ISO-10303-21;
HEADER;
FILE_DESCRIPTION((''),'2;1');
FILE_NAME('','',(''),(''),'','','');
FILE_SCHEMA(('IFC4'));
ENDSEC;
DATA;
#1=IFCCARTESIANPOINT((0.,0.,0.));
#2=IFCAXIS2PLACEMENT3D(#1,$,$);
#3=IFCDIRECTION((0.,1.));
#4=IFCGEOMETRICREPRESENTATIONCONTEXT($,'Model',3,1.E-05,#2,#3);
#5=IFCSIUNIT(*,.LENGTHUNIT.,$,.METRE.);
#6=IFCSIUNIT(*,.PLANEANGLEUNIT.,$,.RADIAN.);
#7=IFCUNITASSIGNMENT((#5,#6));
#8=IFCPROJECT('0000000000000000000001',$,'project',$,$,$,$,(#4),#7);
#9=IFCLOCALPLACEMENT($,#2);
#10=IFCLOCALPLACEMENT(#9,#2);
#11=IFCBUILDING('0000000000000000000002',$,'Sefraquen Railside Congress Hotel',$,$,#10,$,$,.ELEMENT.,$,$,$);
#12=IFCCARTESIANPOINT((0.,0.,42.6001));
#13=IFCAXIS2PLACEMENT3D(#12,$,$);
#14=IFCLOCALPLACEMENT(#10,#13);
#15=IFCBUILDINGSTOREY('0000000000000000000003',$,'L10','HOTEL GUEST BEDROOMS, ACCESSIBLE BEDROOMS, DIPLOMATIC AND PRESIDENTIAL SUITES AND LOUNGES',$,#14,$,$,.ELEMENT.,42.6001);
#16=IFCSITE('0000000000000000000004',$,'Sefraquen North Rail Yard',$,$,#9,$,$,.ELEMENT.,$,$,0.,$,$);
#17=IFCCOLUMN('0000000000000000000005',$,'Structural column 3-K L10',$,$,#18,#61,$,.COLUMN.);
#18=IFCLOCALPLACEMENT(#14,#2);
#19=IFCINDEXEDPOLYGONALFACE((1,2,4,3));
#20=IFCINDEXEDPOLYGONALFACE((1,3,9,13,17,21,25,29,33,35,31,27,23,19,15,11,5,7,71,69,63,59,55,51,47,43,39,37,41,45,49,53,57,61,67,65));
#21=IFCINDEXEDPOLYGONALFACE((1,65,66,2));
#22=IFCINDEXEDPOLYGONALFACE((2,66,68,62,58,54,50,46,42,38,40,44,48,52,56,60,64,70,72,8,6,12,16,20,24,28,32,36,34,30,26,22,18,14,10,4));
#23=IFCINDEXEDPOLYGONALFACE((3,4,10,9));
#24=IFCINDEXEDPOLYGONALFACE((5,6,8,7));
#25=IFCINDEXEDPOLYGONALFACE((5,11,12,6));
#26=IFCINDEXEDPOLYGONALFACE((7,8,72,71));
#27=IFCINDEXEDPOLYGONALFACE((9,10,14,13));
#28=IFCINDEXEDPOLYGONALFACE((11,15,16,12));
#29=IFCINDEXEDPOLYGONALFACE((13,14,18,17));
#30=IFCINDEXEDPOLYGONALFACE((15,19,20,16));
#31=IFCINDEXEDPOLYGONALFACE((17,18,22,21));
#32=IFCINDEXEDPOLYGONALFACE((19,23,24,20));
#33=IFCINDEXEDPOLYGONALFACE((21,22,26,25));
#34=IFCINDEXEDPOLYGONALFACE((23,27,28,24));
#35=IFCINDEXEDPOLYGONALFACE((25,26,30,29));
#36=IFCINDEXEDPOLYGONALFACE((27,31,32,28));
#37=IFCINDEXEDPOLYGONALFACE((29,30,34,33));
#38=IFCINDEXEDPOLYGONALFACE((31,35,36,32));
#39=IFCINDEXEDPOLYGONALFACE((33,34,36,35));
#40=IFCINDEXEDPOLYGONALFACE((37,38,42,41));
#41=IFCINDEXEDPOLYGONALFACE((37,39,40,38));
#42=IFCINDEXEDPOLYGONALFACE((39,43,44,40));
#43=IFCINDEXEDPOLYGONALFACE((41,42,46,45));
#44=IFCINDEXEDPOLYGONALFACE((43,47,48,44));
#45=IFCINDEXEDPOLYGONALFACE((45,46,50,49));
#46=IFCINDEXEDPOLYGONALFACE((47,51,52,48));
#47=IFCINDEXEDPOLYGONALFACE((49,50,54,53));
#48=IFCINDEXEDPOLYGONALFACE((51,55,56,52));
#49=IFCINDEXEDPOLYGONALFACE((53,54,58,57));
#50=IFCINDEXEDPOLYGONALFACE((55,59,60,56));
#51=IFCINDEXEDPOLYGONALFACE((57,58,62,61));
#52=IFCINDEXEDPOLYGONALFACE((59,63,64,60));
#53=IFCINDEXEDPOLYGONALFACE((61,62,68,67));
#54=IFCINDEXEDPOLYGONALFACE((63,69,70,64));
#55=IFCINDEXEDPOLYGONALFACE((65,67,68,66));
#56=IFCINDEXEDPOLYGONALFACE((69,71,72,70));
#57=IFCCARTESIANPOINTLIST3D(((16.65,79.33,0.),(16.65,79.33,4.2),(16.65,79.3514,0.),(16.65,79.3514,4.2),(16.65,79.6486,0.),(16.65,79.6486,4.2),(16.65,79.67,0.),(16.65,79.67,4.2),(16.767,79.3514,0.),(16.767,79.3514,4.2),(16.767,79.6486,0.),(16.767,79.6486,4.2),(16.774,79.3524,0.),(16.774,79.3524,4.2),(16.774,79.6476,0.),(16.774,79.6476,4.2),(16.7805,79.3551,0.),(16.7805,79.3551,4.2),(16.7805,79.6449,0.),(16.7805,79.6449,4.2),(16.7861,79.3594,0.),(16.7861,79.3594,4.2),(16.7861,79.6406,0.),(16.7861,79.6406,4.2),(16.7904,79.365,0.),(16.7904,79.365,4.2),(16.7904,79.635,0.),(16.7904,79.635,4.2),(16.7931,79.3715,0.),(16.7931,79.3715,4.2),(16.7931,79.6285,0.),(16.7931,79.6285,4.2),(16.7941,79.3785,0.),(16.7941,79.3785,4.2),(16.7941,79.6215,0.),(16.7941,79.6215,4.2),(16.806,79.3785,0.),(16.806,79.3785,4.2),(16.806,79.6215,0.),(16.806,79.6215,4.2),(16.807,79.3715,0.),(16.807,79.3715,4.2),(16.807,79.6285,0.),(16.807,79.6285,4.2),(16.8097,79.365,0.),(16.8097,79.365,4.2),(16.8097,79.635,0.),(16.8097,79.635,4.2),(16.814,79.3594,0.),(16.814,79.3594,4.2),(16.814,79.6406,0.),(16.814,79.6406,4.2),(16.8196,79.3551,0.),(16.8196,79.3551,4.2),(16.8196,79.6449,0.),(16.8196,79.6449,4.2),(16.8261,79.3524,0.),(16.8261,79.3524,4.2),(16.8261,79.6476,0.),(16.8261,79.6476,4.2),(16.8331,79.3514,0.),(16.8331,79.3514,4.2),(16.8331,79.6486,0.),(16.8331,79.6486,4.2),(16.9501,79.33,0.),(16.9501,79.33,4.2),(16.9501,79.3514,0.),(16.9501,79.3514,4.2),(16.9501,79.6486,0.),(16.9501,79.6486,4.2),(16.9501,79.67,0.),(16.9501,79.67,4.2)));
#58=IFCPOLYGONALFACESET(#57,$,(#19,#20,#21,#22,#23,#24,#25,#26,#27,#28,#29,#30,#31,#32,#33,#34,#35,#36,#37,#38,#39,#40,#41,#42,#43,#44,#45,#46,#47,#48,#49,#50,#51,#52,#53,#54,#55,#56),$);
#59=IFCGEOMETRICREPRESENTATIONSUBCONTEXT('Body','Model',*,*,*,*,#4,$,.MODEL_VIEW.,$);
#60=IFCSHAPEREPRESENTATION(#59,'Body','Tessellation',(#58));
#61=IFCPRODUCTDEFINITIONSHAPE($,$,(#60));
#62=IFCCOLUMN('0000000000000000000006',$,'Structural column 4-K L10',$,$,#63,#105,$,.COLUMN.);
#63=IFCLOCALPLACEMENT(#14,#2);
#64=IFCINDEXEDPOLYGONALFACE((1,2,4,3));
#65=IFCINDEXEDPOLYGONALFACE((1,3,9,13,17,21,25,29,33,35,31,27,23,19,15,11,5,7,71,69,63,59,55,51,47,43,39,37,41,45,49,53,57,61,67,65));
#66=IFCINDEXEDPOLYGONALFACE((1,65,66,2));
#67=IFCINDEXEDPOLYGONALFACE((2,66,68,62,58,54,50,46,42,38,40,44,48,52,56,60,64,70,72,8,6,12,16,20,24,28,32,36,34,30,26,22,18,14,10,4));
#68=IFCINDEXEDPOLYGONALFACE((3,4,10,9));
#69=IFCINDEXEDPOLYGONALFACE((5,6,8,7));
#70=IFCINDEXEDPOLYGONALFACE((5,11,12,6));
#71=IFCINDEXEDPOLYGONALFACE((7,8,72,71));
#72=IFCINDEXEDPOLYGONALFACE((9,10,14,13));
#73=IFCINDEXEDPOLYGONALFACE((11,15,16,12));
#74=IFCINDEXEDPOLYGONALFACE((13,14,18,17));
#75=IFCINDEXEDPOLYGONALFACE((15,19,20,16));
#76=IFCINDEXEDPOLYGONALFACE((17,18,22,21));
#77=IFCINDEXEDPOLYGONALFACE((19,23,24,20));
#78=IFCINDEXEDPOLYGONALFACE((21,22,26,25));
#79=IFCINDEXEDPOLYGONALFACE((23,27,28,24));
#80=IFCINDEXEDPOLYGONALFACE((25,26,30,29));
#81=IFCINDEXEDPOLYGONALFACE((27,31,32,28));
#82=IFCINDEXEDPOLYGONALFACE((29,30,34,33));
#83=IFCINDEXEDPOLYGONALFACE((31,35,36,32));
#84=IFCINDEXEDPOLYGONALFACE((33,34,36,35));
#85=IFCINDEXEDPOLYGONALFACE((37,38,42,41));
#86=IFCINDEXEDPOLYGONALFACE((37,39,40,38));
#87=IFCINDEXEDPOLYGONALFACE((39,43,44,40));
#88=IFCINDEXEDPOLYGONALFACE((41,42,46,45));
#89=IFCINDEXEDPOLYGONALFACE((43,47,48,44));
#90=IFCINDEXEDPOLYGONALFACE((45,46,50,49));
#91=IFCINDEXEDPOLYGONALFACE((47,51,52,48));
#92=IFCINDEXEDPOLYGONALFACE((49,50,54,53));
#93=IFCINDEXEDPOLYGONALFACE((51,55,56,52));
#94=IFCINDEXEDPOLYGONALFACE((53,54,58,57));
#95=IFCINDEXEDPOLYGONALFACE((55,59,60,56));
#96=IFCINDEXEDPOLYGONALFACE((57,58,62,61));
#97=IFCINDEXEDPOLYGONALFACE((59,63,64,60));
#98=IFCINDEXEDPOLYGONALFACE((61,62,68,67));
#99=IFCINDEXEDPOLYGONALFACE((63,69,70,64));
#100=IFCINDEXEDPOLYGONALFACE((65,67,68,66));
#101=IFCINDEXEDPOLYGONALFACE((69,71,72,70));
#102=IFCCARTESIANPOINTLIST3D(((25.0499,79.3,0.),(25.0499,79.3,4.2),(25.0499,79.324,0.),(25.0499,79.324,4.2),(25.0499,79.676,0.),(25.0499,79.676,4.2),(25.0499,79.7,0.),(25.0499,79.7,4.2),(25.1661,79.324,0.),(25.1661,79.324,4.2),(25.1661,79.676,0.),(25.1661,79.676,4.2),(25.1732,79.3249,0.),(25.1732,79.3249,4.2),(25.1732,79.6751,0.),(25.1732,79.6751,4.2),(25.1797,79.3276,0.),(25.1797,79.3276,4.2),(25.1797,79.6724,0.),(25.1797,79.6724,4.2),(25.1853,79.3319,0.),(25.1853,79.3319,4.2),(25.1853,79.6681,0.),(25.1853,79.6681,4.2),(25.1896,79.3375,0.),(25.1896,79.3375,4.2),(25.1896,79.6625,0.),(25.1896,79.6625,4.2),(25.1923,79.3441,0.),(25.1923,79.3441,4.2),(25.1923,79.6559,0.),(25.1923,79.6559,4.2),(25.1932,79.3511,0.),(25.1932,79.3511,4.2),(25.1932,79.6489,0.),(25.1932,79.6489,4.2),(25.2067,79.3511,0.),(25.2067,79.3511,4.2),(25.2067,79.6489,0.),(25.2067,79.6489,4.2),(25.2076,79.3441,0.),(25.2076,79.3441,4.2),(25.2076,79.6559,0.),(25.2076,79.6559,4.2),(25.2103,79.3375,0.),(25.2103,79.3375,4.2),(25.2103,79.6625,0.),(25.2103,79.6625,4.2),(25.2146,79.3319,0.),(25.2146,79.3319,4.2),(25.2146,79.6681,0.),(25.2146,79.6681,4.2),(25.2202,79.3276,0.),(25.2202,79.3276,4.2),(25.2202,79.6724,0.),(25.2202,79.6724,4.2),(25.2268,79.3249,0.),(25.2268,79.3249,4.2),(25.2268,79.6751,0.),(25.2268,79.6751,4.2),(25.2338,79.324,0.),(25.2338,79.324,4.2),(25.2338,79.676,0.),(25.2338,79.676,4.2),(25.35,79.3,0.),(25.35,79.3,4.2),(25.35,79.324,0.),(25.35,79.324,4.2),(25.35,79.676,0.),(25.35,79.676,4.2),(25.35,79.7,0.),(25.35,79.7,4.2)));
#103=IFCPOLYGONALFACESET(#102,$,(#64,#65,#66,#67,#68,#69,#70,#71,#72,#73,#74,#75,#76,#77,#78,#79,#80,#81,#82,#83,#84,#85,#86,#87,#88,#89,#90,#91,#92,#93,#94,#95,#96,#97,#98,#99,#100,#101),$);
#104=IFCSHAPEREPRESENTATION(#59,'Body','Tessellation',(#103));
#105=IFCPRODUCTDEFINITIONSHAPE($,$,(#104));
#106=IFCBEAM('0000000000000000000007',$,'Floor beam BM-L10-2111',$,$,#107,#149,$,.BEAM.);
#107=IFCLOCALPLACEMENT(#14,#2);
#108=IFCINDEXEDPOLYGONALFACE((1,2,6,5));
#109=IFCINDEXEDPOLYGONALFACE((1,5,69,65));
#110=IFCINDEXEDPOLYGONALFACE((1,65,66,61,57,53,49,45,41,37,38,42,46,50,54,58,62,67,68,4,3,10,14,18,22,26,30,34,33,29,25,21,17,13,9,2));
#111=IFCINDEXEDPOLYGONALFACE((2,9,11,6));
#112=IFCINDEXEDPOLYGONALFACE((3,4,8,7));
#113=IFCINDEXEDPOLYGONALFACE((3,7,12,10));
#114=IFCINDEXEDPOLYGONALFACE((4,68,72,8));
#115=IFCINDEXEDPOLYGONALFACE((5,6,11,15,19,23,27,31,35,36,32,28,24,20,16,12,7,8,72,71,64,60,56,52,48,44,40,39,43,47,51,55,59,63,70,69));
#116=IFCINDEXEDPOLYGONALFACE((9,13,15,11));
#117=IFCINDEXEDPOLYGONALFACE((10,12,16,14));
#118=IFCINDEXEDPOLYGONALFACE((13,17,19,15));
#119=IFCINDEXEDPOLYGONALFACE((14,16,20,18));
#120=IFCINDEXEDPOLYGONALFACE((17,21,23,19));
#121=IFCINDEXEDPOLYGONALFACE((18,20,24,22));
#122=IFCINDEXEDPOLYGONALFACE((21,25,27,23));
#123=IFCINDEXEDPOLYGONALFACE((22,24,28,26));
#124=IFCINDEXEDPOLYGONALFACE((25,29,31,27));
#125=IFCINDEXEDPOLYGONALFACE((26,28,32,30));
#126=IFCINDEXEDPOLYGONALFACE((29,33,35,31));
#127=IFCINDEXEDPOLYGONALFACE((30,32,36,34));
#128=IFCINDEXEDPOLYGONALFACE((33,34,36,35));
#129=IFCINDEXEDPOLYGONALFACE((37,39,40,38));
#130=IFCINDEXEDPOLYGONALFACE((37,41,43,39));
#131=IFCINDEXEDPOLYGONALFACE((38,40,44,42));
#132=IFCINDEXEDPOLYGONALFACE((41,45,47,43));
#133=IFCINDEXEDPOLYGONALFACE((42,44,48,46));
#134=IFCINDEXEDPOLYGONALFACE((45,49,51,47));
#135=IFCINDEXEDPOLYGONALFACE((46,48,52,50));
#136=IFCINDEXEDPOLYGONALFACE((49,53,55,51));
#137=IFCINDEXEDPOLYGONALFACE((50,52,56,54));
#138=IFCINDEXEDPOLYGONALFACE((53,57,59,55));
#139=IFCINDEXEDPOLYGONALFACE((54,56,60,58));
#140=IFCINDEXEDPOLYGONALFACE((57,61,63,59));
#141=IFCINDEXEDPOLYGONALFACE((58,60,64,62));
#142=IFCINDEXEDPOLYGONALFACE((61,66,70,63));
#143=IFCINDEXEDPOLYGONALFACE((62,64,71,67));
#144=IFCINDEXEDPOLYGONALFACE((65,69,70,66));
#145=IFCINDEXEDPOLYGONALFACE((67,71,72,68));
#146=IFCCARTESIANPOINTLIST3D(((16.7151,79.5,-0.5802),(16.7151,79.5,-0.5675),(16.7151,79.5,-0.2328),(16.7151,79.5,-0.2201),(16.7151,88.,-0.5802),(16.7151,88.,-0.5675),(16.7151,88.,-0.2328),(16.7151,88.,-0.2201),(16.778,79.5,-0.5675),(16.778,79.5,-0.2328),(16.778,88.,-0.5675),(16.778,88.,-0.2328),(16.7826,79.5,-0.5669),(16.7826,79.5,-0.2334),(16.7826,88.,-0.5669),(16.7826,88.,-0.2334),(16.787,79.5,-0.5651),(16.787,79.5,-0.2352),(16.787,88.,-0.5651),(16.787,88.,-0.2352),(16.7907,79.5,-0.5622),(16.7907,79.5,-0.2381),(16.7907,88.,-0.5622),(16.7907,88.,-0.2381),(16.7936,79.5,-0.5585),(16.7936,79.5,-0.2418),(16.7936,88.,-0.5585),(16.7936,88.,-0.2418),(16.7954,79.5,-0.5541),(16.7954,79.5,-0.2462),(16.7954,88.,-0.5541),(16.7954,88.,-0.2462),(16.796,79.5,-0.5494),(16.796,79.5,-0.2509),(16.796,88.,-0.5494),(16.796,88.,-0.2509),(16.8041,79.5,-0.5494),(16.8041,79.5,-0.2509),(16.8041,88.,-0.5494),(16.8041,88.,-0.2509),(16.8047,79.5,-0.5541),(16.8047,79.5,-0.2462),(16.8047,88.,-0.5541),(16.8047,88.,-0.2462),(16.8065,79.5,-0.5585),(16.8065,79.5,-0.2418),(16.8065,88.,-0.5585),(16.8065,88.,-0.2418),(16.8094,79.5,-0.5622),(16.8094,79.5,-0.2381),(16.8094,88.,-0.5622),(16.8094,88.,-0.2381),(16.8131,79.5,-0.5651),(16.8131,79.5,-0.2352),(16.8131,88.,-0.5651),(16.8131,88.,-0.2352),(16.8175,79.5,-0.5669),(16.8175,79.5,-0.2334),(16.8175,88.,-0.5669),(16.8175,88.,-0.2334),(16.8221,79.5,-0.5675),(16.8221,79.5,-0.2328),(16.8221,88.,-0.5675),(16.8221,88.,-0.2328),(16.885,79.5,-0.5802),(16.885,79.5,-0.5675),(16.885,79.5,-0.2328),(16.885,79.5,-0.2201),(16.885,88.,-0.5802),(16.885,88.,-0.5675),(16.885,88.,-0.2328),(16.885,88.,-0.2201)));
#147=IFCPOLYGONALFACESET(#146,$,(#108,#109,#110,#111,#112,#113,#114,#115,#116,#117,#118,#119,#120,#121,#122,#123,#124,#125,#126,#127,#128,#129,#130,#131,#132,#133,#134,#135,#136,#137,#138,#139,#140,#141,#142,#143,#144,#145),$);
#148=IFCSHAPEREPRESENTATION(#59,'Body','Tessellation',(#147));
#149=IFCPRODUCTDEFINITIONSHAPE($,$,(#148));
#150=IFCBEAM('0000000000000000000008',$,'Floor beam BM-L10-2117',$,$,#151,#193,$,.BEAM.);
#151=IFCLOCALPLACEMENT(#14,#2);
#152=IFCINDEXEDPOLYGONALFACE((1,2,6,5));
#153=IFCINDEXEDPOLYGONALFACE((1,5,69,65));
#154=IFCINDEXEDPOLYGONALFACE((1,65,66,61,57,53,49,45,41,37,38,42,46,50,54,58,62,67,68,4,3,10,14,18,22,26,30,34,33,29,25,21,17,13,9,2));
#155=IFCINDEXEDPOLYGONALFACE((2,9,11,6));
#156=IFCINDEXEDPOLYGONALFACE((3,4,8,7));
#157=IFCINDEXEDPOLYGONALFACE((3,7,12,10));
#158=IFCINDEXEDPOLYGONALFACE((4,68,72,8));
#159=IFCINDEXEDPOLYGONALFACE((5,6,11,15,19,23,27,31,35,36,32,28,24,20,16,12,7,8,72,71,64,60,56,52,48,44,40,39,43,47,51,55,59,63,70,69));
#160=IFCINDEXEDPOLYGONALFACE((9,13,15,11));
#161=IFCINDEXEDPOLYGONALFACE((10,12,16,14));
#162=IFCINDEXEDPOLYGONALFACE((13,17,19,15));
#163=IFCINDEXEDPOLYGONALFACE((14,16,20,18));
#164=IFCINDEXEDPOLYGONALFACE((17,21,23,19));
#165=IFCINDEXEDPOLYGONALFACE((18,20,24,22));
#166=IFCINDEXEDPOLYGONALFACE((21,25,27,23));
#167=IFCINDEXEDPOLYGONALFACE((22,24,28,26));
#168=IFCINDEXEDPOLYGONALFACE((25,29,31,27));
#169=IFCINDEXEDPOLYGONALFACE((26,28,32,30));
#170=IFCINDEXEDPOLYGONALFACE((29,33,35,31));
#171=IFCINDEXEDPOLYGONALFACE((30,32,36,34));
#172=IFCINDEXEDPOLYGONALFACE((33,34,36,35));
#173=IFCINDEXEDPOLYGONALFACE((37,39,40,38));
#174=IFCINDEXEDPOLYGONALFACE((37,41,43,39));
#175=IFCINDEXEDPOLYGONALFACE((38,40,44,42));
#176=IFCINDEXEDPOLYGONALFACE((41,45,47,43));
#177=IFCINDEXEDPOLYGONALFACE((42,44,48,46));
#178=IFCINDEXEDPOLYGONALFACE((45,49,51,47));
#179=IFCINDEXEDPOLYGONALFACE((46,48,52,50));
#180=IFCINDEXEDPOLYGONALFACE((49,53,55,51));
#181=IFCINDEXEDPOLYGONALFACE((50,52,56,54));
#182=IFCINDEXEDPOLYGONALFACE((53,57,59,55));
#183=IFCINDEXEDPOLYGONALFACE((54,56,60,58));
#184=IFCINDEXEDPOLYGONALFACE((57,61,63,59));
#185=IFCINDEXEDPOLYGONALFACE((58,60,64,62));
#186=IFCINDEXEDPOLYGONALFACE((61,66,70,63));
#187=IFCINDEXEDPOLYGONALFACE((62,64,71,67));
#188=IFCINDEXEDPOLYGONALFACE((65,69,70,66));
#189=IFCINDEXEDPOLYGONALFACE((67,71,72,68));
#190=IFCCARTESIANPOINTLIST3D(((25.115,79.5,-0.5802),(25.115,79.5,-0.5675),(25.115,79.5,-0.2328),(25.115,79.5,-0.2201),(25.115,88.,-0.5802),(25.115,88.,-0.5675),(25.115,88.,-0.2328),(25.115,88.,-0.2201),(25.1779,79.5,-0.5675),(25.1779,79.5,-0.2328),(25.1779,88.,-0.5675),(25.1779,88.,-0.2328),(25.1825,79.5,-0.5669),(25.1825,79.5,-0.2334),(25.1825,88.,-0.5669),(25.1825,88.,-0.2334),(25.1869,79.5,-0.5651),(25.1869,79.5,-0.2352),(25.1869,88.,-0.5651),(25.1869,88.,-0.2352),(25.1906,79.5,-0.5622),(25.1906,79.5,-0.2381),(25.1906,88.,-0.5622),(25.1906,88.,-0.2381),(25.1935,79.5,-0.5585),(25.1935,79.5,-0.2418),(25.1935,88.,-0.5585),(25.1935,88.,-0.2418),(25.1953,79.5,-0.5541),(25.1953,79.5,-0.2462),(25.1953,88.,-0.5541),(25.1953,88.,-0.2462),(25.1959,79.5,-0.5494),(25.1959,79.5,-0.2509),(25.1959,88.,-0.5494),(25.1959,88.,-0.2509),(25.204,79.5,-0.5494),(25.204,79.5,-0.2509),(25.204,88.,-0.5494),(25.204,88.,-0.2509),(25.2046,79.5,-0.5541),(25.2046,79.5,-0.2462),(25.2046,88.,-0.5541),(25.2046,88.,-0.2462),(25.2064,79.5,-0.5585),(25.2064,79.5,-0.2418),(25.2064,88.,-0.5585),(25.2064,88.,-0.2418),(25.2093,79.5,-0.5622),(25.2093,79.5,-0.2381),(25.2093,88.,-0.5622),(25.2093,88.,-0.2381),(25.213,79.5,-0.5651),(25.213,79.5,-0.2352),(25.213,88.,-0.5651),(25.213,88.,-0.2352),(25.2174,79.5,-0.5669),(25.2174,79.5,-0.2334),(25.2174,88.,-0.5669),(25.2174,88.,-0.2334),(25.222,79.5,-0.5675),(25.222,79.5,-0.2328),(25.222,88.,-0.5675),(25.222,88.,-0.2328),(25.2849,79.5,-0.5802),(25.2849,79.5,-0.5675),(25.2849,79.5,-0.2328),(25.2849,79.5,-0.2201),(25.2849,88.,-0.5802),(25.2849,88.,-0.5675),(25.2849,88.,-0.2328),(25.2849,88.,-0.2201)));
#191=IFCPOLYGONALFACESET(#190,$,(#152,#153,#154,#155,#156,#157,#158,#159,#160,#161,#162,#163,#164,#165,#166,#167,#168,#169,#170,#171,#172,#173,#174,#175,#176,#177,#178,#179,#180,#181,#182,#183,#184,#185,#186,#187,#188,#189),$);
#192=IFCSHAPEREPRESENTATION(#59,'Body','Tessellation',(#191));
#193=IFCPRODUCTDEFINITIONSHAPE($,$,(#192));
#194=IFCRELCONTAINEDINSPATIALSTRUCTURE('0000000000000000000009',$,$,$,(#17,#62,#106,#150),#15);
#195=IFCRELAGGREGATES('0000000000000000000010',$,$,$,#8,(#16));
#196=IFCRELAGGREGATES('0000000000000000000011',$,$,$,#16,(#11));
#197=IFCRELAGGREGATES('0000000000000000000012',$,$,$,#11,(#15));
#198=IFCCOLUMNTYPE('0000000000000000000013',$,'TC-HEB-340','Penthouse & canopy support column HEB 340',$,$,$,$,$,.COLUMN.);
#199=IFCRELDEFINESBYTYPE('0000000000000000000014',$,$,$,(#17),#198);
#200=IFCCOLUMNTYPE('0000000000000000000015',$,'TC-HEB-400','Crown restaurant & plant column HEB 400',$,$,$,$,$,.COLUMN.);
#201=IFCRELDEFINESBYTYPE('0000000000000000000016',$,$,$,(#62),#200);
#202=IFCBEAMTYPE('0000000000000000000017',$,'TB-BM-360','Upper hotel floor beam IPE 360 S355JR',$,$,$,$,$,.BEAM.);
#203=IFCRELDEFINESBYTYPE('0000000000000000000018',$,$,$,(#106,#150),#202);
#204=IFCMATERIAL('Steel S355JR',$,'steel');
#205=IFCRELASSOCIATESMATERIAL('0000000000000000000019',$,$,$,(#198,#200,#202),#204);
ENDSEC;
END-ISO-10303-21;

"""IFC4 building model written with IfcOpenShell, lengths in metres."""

from ifc_helpers import new_model, si_unit, direction, frame, origin, origin_2d, place, context, subcontext, project, spatial, i_section, extrude, material, material_profile, profile_set, type_object, element, save


model = new_model("IFC4")

# Units and contexts
model_context = context("Model", 3, precision=1e-05, world=origin(), true_north=direction((0.0, 1.0)))
body_context = subcontext(model_context, "Body", "Model", "MODEL_VIEW")
ifc_project = project(units=[si_unit("LENGTHUNIT", "METRE"), si_unit("PLANEANGLEUNIT", "RADIAN")], contexts=[model_context])

# Site, building, storey
site_placement = place(None, origin())
site = spatial("IfcSite", under=ifc_project, at=site_placement, Name="Sefraquen North Rail Yard", CompositionType="ELEMENT", RefElevation=0.0)
building_placement = place(site_placement, origin())
building = spatial("IfcBuilding", under=site, at=building_placement, Name="Sefraquen Railside Congress Hotel", CompositionType="ELEMENT")
storey_placement = place(building_placement, frame((0.0, 0.0, 42.6001)))
storey = spatial("IfcBuildingStorey", under=building, at=storey_placement, Name="L10", Description="HOTEL GUEST BEDROOMS, ACCESSIBLE BEDROOMS, DIPLOMATIC AND PRESIDENTIAL SUITES AND LOUNGES", CompositionType="ELEMENT", Elevation=42.6001)

# Columns
ifc_material_1 = material(Name="Steel S355JR", Category="steel")
ifc_material_profile_1 = material_profile(ifc_material_1, i_section(OverallWidth=0.3, OverallDepth=0.3401, WebThickness=0.012, FlangeThickness=0.0215, FilletRadius=0.0271, at=origin_2d()), Name="HEB 340")
ifc_profile_set_1 = profile_set([ifc_material_profile_1], Name="Steel S355JR")
column_type_1 = type_object("IfcColumnType", Name="TC-HEB-340", Description="Penthouse & canopy support column HEB 340", PredefinedType="COLUMN", material=ifc_profile_set_1)
column_1_placement = place(storey_placement, frame((16.8, 79.5, 0.0), z_axis=(0.0, 0.0, 1.0), x_axis=(1.0, 0.0, 0.0)))
element("IfcColumn", 1, at=column_1_placement, inside=storey, type_object=column_type_1, Name="Structural column 3-K L10", PredefinedType="COLUMN", context=body_context, shape_type="SweptSolid", body=[
    extrude(i_section(OverallWidth=0.3, OverallDepth=0.3401, WebThickness=0.012, FlangeThickness=0.0215, FilletRadius=0.0271, at=origin_2d()), origin(), (0.0, 0.0, 1.0), 4.2),
])
ifc_material_profile_2 = material_profile(ifc_material_1, i_section(OverallWidth=0.3, OverallDepth=0.3999, WebThickness=0.0134, FlangeThickness=0.0239, FilletRadius=0.0271, at=origin_2d()), Name="HEB 400")
ifc_profile_set_2 = profile_set([ifc_material_profile_2], Name="Steel S355JR")
column_type_2 = type_object("IfcColumnType", Name="TC-HEB-400", Description="Crown restaurant & plant column HEB 400", PredefinedType="COLUMN", material=ifc_profile_set_2)
column_2_placement = place(storey_placement, frame((25.2, 79.5, 0.0), z_axis=(0.0, 0.0, 1.0), x_axis=(1.0, 0.0, 0.0)))
element("IfcColumn", 2, at=column_2_placement, inside=storey, type_object=column_type_2, Name="Structural column 4-K L10", PredefinedType="COLUMN", context=body_context, shape_type="SweptSolid", body=[
    extrude(i_section(OverallWidth=0.3, OverallDepth=0.3999, WebThickness=0.0134, FlangeThickness=0.0239, FilletRadius=0.0271, at=origin_2d()), origin(), (0.0, 0.0, 1.0), 4.2),
])

# Beams
ifc_material_profile_3 = material_profile(ifc_material_1, i_section(OverallWidth=0.1699, OverallDepth=0.3601, WebThickness=0.0081, FlangeThickness=0.0127, FilletRadius=0.0181, at=origin_2d()), Name="IPE 360")
ifc_profile_set_3 = profile_set([ifc_material_profile_3], Name="Steel S355JR")
beam_type_1 = type_object("IfcBeamType", Name="TB-BM-360", Description="Upper hotel floor beam IPE 360 S355JR", PredefinedType="BEAM", material=ifc_profile_set_3)
for number, where, z_axis, x_axis, name in (
    (3, (16.8, 79.5, -0.4001), (0.0, 1.0, 0.0), (-1.0, 0.0, 0.0), "Floor beam BM-L10-2111"),
    (4, (25.2, 79.5, -0.4001), (0.0, 1.0, 0.0), (-1.0, 0.0, 0.0), "Floor beam BM-L10-2117"),
):
    element("IfcBeam", number, at=place(storey_placement, frame(where, z_axis=z_axis, x_axis=x_axis)), inside=storey, type_object=beam_type_1, Name=name, PredefinedType="BEAM", context=body_context, shape_type="SweptSolid", body=[
        extrude(i_section(OverallWidth=0.1699, OverallDepth=0.3601, WebThickness=0.0081, FlangeThickness=0.0127, FilletRadius=0.0181, at=origin_2d()), origin(), (0.0, 0.0, 1.0), 8.5),
    ])

save(model, "model.ifc")
